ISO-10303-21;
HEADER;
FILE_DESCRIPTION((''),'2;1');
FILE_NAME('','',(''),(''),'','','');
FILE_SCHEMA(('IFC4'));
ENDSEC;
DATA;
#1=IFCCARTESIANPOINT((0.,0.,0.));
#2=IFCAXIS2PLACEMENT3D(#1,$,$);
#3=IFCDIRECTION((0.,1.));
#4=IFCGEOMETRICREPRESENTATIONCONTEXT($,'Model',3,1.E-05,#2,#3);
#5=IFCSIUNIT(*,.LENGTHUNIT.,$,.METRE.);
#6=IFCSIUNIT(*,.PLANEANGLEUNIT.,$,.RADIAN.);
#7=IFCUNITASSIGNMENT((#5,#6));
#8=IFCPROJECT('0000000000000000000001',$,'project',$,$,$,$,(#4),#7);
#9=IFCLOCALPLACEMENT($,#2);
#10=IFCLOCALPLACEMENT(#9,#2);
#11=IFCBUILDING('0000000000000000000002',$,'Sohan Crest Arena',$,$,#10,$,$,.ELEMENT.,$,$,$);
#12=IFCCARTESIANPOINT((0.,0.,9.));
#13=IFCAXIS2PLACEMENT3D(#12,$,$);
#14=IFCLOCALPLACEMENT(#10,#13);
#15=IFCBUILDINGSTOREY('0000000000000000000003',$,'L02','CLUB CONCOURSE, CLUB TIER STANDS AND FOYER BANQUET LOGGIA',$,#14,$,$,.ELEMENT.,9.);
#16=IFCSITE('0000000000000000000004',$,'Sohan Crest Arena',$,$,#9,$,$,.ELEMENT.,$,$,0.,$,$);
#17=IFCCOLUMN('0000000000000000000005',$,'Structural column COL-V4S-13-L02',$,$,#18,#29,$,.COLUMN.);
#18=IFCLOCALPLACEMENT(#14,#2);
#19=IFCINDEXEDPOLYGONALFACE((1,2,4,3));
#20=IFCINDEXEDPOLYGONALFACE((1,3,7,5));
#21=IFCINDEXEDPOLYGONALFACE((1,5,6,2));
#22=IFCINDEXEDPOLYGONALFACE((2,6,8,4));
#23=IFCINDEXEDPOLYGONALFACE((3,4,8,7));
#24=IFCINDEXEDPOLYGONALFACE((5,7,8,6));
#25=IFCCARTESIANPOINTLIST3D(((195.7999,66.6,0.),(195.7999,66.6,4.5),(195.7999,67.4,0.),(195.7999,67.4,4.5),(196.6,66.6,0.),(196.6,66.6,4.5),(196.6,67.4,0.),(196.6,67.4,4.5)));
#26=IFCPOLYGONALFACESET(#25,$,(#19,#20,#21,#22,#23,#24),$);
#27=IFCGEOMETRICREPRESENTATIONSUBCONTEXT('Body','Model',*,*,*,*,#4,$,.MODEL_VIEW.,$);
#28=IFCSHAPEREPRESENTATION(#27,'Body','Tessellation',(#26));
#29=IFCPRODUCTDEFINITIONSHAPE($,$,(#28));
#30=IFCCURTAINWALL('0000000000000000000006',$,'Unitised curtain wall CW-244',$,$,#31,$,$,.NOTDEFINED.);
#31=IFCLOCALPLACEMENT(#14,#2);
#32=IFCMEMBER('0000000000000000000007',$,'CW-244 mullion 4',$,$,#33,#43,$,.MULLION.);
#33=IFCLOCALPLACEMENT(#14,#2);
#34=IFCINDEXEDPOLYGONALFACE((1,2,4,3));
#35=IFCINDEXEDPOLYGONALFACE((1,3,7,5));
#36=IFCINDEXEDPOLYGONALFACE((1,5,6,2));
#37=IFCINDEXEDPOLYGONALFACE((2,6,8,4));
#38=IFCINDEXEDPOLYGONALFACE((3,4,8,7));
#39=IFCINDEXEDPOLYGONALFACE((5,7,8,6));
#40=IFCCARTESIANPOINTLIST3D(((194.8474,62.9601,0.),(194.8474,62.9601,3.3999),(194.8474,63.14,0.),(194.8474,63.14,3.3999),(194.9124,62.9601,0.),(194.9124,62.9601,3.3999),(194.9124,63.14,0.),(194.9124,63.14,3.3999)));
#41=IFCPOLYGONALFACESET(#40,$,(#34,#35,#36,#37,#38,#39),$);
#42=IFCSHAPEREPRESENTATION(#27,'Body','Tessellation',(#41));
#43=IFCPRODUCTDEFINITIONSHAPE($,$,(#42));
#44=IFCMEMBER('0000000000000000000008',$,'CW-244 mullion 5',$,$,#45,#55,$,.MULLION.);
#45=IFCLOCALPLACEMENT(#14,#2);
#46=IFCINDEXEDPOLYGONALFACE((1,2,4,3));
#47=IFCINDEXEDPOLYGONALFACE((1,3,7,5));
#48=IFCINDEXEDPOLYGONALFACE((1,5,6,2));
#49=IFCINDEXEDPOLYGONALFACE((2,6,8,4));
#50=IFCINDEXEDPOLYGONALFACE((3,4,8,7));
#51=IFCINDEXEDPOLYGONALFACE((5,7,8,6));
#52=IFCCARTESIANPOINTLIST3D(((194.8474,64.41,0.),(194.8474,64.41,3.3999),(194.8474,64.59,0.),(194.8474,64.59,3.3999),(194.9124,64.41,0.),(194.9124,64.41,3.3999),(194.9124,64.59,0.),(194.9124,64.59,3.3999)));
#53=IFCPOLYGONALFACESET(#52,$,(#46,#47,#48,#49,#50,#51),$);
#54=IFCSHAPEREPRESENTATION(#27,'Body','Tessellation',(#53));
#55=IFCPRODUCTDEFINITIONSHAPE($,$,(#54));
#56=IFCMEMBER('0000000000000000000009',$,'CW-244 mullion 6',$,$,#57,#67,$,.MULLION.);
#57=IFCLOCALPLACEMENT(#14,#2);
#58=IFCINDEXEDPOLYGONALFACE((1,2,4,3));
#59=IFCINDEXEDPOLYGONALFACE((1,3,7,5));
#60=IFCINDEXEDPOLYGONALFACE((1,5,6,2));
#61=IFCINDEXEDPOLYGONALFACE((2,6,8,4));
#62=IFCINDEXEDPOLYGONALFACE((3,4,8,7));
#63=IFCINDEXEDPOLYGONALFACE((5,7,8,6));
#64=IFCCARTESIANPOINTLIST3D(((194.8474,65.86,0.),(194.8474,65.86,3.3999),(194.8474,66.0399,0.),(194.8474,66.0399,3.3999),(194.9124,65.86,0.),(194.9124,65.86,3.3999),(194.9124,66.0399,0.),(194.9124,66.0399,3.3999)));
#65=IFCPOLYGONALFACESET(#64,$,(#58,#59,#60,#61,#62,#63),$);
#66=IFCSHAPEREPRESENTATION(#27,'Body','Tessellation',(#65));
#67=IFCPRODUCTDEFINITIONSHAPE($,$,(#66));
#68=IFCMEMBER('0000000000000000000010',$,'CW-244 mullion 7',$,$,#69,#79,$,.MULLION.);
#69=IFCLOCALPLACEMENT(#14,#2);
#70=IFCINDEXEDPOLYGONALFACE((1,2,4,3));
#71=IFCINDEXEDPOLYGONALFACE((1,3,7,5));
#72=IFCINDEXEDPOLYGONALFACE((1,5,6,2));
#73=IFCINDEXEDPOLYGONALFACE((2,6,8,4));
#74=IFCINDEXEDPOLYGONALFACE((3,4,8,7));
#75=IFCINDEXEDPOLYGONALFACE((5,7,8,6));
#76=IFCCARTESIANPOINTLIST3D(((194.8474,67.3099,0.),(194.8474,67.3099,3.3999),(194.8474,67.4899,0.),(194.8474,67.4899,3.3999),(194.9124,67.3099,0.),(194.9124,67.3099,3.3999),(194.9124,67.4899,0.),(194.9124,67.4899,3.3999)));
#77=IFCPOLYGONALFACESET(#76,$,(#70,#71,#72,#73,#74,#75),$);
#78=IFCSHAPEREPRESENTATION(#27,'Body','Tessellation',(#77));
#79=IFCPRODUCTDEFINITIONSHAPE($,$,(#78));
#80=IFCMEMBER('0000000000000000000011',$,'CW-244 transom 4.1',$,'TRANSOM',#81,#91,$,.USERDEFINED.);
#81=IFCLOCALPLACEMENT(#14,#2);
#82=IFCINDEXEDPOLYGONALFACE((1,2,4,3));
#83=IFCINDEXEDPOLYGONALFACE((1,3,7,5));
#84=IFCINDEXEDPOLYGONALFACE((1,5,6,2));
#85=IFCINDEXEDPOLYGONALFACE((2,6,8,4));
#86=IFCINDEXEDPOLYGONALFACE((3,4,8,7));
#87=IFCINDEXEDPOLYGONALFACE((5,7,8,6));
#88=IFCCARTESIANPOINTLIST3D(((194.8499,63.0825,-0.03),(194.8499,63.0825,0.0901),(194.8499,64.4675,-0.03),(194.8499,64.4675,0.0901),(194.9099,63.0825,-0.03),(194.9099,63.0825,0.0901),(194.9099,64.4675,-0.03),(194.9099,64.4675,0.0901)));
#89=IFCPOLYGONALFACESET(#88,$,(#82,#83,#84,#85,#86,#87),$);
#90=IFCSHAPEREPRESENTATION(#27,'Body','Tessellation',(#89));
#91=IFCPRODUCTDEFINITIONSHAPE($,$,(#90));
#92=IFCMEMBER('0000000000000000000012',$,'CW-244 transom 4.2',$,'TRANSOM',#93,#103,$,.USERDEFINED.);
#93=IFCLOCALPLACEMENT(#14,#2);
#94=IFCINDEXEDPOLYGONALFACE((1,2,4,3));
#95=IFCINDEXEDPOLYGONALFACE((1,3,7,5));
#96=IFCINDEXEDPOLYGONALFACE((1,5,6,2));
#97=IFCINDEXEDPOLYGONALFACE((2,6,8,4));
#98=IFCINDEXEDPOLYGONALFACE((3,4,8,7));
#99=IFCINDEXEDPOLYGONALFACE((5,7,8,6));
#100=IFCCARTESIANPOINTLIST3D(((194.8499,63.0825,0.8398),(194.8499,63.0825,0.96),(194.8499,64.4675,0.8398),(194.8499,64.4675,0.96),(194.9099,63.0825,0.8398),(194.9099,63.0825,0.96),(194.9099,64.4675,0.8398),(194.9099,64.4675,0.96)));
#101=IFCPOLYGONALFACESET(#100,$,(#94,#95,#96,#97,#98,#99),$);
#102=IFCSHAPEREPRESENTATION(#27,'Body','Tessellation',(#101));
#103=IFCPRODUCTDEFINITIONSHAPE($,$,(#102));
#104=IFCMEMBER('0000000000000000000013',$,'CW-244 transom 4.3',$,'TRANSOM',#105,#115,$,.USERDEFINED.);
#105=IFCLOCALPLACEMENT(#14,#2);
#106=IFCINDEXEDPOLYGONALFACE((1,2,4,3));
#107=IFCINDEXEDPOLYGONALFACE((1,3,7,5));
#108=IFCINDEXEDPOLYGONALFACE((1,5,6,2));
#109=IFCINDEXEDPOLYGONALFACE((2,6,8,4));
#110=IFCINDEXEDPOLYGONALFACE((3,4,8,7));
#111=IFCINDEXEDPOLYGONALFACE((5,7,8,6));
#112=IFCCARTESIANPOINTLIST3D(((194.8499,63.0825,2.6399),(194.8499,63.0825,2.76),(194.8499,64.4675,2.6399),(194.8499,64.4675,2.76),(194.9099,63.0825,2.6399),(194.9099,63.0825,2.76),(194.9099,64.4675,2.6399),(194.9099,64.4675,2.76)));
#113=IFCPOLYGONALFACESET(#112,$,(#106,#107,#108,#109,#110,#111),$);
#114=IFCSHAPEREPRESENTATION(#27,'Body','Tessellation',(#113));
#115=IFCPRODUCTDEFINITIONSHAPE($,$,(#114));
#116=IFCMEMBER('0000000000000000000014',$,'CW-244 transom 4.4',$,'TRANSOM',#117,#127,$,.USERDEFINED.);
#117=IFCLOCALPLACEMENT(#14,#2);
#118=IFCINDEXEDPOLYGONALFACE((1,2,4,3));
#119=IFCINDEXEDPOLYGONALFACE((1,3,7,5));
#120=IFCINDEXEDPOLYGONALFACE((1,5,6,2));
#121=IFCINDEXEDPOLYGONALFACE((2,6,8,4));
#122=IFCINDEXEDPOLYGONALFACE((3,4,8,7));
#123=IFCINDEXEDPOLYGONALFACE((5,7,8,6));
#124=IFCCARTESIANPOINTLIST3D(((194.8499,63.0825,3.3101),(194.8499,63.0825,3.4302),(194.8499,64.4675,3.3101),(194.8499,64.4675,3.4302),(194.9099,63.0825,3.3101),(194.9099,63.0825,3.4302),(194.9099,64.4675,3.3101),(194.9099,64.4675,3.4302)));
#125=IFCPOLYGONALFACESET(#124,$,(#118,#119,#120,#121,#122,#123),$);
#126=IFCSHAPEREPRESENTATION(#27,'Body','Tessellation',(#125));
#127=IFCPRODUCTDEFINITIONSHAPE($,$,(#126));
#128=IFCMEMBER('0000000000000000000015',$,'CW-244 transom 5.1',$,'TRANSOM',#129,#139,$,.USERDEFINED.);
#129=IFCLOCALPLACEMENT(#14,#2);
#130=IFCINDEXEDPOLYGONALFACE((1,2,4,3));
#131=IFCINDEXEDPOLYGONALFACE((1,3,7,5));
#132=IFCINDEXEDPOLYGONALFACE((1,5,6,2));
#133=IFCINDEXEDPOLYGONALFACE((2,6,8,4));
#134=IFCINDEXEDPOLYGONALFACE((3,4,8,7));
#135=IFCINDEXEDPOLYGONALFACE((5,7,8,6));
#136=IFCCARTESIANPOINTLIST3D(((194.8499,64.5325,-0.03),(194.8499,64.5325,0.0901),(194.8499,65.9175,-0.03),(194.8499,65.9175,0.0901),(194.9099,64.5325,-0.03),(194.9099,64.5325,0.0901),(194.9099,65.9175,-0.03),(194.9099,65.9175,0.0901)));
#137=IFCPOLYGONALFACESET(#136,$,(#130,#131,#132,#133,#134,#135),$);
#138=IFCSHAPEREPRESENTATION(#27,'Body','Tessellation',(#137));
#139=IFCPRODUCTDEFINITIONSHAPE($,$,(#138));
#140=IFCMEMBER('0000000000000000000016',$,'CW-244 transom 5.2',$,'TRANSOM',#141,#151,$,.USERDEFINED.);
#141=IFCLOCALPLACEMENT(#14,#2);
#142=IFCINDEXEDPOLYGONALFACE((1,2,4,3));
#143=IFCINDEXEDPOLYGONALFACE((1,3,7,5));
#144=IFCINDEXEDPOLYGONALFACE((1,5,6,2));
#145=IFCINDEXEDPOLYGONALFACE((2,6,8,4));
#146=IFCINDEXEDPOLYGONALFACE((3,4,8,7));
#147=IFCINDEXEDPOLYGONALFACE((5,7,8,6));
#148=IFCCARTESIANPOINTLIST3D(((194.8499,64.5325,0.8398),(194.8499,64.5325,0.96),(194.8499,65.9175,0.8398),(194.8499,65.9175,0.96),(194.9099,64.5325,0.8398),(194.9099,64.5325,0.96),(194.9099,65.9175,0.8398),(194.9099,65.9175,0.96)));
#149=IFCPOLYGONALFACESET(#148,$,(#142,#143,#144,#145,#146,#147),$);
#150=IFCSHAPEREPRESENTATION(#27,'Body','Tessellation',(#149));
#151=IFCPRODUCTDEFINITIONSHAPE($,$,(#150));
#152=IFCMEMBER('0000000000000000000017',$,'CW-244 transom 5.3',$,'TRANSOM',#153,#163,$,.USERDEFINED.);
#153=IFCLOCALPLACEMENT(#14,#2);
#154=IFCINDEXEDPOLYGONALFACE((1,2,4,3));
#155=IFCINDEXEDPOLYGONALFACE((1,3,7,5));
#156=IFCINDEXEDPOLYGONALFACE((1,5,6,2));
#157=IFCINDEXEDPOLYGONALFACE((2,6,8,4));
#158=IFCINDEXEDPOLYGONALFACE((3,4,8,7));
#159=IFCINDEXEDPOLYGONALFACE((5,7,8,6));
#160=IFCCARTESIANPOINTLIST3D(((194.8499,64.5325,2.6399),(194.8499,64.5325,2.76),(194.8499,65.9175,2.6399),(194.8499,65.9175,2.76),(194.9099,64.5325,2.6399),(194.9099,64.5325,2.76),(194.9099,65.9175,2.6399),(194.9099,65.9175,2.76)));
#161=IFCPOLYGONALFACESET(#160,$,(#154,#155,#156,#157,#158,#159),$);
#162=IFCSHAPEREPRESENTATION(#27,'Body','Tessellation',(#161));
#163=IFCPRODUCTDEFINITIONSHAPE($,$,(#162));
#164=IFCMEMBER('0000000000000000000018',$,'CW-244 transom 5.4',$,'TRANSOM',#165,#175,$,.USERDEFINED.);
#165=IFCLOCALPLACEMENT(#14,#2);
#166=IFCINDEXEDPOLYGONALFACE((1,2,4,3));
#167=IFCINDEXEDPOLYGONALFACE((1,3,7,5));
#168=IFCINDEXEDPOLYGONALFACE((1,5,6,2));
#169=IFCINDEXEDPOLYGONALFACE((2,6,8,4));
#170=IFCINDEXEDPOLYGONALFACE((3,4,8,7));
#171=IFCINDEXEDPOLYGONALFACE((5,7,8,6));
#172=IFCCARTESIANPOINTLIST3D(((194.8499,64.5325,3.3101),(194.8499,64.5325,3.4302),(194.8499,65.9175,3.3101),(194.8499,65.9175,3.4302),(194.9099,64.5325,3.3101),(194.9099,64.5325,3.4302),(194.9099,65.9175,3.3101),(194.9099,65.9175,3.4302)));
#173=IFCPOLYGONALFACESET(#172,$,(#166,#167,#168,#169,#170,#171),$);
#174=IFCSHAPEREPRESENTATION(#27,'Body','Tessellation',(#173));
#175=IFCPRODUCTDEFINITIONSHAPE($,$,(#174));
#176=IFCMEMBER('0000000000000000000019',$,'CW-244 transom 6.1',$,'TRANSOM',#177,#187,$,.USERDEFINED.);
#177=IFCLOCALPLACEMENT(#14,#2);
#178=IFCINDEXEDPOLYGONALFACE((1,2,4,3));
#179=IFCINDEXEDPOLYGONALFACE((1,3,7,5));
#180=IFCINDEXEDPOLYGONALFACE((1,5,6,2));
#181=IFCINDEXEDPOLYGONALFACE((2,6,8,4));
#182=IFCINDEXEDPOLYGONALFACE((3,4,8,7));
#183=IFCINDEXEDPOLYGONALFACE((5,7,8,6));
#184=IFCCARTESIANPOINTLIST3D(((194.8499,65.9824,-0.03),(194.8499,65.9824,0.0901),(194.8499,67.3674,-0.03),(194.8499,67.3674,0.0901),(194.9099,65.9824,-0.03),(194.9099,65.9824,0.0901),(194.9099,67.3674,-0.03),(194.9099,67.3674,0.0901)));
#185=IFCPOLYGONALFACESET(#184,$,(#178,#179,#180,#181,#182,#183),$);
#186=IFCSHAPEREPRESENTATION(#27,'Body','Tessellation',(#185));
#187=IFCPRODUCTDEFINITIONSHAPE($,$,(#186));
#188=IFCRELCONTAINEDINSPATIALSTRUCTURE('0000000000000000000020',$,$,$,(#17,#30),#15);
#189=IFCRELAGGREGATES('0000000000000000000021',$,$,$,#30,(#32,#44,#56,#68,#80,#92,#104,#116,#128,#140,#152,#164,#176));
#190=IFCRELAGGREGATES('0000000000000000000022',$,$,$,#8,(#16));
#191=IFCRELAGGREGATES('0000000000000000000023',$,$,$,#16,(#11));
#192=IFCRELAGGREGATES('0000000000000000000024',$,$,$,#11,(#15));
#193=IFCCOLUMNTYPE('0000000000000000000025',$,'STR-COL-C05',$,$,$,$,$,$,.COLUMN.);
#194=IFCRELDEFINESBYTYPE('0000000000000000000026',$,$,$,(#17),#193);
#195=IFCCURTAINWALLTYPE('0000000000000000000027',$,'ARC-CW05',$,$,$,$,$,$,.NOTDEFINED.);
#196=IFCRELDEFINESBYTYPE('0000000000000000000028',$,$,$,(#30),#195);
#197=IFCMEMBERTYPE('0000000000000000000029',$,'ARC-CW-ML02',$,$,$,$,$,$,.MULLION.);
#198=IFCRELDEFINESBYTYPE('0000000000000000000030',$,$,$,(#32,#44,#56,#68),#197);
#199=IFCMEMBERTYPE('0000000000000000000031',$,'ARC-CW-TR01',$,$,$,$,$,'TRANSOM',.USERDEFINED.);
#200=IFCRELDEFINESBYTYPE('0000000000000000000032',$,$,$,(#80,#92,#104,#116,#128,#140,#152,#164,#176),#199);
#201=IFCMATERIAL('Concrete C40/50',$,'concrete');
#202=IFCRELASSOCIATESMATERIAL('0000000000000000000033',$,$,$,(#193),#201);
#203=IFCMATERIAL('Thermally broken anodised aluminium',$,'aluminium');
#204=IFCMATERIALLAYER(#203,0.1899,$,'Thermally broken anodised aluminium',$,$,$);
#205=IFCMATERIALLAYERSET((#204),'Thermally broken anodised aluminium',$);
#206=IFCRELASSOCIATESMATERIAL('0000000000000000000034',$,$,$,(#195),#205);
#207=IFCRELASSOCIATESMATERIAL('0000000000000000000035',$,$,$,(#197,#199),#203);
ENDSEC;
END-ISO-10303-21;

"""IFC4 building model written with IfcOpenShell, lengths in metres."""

from ifc_helpers import new_model, si_unit, direction, frame, origin, origin_2d, place, context, subcontext, project, spatial, rectangle, extrude, material, layer, layer_set, material_profile, profile_set, type_object, element, aggregate, save


model = new_model("IFC4")

# Units and contexts
model_context = context("Model", 3, precision=1e-05, world=origin(), true_north=direction((0.0, 1.0)))
body_context = subcontext(model_context, "Body", "Model", "MODEL_VIEW")
ifc_project = project(units=[si_unit("LENGTHUNIT", "METRE"), si_unit("PLANEANGLEUNIT", "RADIAN")], contexts=[model_context])

# Site, building, storey
site_placement = place(None, origin())
site = spatial("IfcSite", under=ifc_project, at=site_placement, Name="Sohan Crest Arena", CompositionType="ELEMENT", RefElevation=0.0)
building_placement = place(site_placement, origin())
building = spatial("IfcBuilding", under=site, at=building_placement, Name="Sohan Crest Arena", CompositionType="ELEMENT")
storey_placement = place(building_placement, frame((0.0, 0.0, 9.0)))
storey = spatial("IfcBuildingStorey", under=building, at=storey_placement, Name="L02", Description="CLUB CONCOURSE, CLUB TIER STANDS AND FOYER BANQUET LOGGIA", CompositionType="ELEMENT", Elevation=9.0)

# Column
ifc_material_1 = material(Name="Concrete C40/50", Category="concrete")
ifc_material_profile_1 = material_profile(ifc_material_1, rectangle(XDim=0.8, YDim=0.8, at=origin_2d()), Name="RC 800x800")
ifc_profile_set_1 = profile_set([ifc_material_profile_1], Name="Concrete C40/50")
column_type = type_object("IfcColumnType", Name="STR-COL-C05", PredefinedType="COLUMN", material=ifc_profile_set_1)
column_placement = place(storey_placement, frame((196.2, 67.0, 0.0), z_axis=(0.0, 0.0, 1.0), x_axis=(1.0, 0.0, 0.0)))
element("IfcColumn", 1, at=column_placement, inside=storey, type_object=column_type, Name="Structural column COL-V4S-13-L02", PredefinedType="COLUMN", context=body_context, shape_type="SweptSolid", body=[
    extrude(rectangle(XDim=0.8, YDim=0.8, at=origin_2d()), origin(), (0.0, 0.0, 1.0), 4.5),
])

# Curtain wall, members
ifc_material_2 = material(Name="Thermally broken anodised aluminium", Category="aluminium")
ifc_layer_1 = layer(ifc_material_2, 0.1899, Name="Thermally broken anodised aluminium")
ifc_layer_set_1 = layer_set([ifc_layer_1], Name="Thermally broken anodised aluminium")
curtain_wall_type = type_object("IfcCurtainWallType", Name="ARC-CW05", PredefinedType="NOTDEFINED", material=ifc_layer_set_1)
curtain_wall_placement = place(storey_placement, origin())
curtain_wall = element("IfcCurtainWall", 2, at=curtain_wall_placement, inside=storey, type_object=curtain_wall_type, Name="Unitised curtain wall CW-244", PredefinedType="NOTDEFINED")
ifc_material_profile_2 = material_profile(ifc_material_2, rectangle(XDim=0.0649, YDim=0.1799, at=origin_2d()), Name="ALU-MULL 65x180")
ifc_profile_set_2 = profile_set([ifc_material_profile_2], Name="Thermally broken anodised aluminium")
member_type_1 = type_object("IfcMemberType", Name="ARC-CW-ML02", PredefinedType="MULLION", material=ifc_profile_set_2)
member_1_placement = place(storey_placement, frame((194.8799, 63.05, 0.0), z_axis=(0.0, 0.0, 1.0), x_axis=(-1.0, 0.0, 0.0)))
member_1 = element("IfcMember", 3, at=member_1_placement, type_object=member_type_1, Name="CW-244 mullion 4", PredefinedType="MULLION", context=body_context, shape_type="SweptSolid", body=[
    extrude(rectangle(XDim=0.0649, YDim=0.1799, at=origin_2d()), origin(), (0.0, 0.0, 1.0), 3.3999),
])
member_2_placement = place(storey_placement, frame((194.8799, 64.5, 0.0), z_axis=(0.0, 0.0, 1.0), x_axis=(-1.0, 0.0, 0.0)))
member_2 = element("IfcMember", 4, at=member_2_placement, type_object=member_type_1, Name="CW-244 mullion 5", PredefinedType="MULLION", context=body_context, shape_type="SweptSolid", body=[
    extrude(rectangle(XDim=0.0649, YDim=0.1799, at=origin_2d()), origin(), (0.0, 0.0, 1.0), 3.3999),
])
member_3_placement = place(storey_placement, frame((194.8799, 65.95, 0.0), z_axis=(0.0, 0.0, 1.0), x_axis=(-1.0, 0.0, 0.0)))
member_3 = element("IfcMember", 5, at=member_3_placement, type_object=member_type_1, Name="CW-244 mullion 6", PredefinedType="MULLION", context=body_context, shape_type="SweptSolid", body=[
    extrude(rectangle(XDim=0.0649, YDim=0.1799, at=origin_2d()), origin(), (0.0, 0.0, 1.0), 3.3999),
])
member_4_placement = place(storey_placement, frame((194.8799, 67.3999, 0.0), z_axis=(0.0, 0.0, 1.0), x_axis=(-1.0, 0.0, 0.0)))
member_4 = element("IfcMember", 6, at=member_4_placement, type_object=member_type_1, Name="CW-244 mullion 7", PredefinedType="MULLION", context=body_context, shape_type="SweptSolid", body=[
    extrude(rectangle(XDim=0.0649, YDim=0.1799, at=origin_2d()), origin(), (0.0, 0.0, 1.0), 3.3999),
])
ifc_material_profile_3 = material_profile(ifc_material_2, rectangle(XDim=0.0601, YDim=0.1201, at=origin_2d()), Name="ALU-TRAN 60x120")
ifc_profile_set_3 = profile_set([ifc_material_profile_3], Name="Thermally broken anodised aluminium")
member_type_2 = type_object("IfcMemberType", Name="ARC-CW-TR01", ElementType="TRANSOM", PredefinedType="USERDEFINED", material=ifc_profile_set_3)
member_5_placement = place(storey_placement, frame((194.8799, 63.0825, 0.03), z_axis=(0.0, 1.0, 0.0), x_axis=(-1.0, 0.0, 0.0)))
member_5 = element("IfcMember", 7, at=member_5_placement, type_object=member_type_2, Name="CW-244 transom 4.1", ObjectType="TRANSOM", PredefinedType="USERDEFINED", context=body_context, shape_type="SweptSolid", body=[
    extrude(rectangle(XDim=0.0601, YDim=0.1201, at=origin_2d()), origin(), (0.0, 0.0, 1.0), 1.385),
])
member_6_placement = place(storey_placement, frame((194.8799, 63.0825, 0.8999), z_axis=(0.0, 1.0, 0.0), x_axis=(-1.0, 0.0, 0.0)))
member_6 = element("IfcMember", 8, at=member_6_placement, type_object=member_type_2, Name="CW-244 transom 4.2", ObjectType="TRANSOM", PredefinedType="USERDEFINED", context=body_context, shape_type="SweptSolid", body=[
    extrude(rectangle(XDim=0.0601, YDim=0.1201, at=origin_2d()), origin(), (0.0, 0.0, 1.0), 1.385),
])
member_7_placement = place(storey_placement, frame((194.8799, 63.0825, 2.7), z_axis=(0.0, 1.0, 0.0), x_axis=(-1.0, 0.0, 0.0)))
member_7 = element("IfcMember", 9, at=member_7_placement, type_object=member_type_2, Name="CW-244 transom 4.3", ObjectType="TRANSOM", PredefinedType="USERDEFINED", context=body_context, shape_type="SweptSolid", body=[
    extrude(rectangle(XDim=0.0601, YDim=0.1201, at=origin_2d()), origin(), (0.0, 0.0, 1.0), 1.385),
])
member_8_placement = place(storey_placement, frame((194.8799, 63.0825, 3.3701), z_axis=(0.0, 1.0, 0.0), x_axis=(-1.0, 0.0, 0.0)))
member_8 = element("IfcMember", 10, at=member_8_placement, type_object=member_type_2, Name="CW-244 transom 4.4", ObjectType="TRANSOM", PredefinedType="USERDEFINED", context=body_context, shape_type="SweptSolid", body=[
    extrude(rectangle(XDim=0.0601, YDim=0.1201, at=origin_2d()), origin(), (0.0, 0.0, 1.0), 1.385),
])
member_9_placement = place(storey_placement, frame((194.8799, 64.5325, 0.03), z_axis=(0.0, 1.0, 0.0), x_axis=(-1.0, 0.0, 0.0)))
member_9 = element("IfcMember", 11, at=member_9_placement, type_object=member_type_2, Name="CW-244 transom 5.1", ObjectType="TRANSOM", PredefinedType="USERDEFINED", context=body_context, shape_type="SweptSolid", body=[
    extrude(rectangle(XDim=0.0601, YDim=0.1201, at=origin_2d()), origin(), (0.0, 0.0, 1.0), 1.385),
])
member_10_placement = place(storey_placement, frame((194.8799, 64.5325, 0.8999), z_axis=(0.0, 1.0, 0.0), x_axis=(-1.0, 0.0, 0.0)))
member_10 = element("IfcMember", 12, at=member_10_placement, type_object=member_type_2, Name="CW-244 transom 5.2", ObjectType="TRANSOM", PredefinedType="USERDEFINED", context=body_context, shape_type="SweptSolid", body=[
    extrude(rectangle(XDim=0.0601, YDim=0.1201, at=origin_2d()), origin(), (0.0, 0.0, 1.0), 1.385),
])
member_11_placement = place(storey_placement, frame((194.8799, 64.5325, 2.7), z_axis=(0.0, 1.0, 0.0), x_axis=(-1.0, 0.0, 0.0)))
member_11 = element("IfcMember", 13, at=member_11_placement, type_object=member_type_2, Name="CW-244 transom 5.3", ObjectType="TRANSOM", PredefinedType="USERDEFINED", context=body_context, shape_type="SweptSolid", body=[
    extrude(rectangle(XDim=0.0601, YDim=0.1201, at=origin_2d()), origin(), (0.0, 0.0, 1.0), 1.385),
])
member_12_placement = place(storey_placement, frame((194.8799, 64.5325, 3.3701), z_axis=(0.0, 1.0, 0.0), x_axis=(-1.0, 0.0, 0.0)))
member_12 = element("IfcMember", 14, at=member_12_placement, type_object=member_type_2, Name="CW-244 transom 5.4", ObjectType="TRANSOM", PredefinedType="USERDEFINED", context=body_context, shape_type="SweptSolid", body=[
    extrude(rectangle(XDim=0.0601, YDim=0.1201, at=origin_2d()), origin(), (0.0, 0.0, 1.0), 1.385),
])
member_13_placement = place(storey_placement, frame((194.8799, 65.9824, 0.03), z_axis=(0.0, 1.0, 0.0), x_axis=(-1.0, 0.0, 0.0)))
member_13 = element("IfcMember", 15, at=member_13_placement, type_object=member_type_2, Name="CW-244 transom 6.1", ObjectType="TRANSOM", PredefinedType="USERDEFINED", context=body_context, shape_type="SweptSolid", body=[
    extrude(rectangle(XDim=0.0601, YDim=0.1201, at=origin_2d()), origin(), (0.0, 0.0, 1.0), 1.385),
])

aggregate(curtain_wall, [member_1, member_2, member_3, member_4, member_5, member_6, member_7, member_8, member_9, member_10, member_11, member_12, member_13])

save(model, "model.ifc")
